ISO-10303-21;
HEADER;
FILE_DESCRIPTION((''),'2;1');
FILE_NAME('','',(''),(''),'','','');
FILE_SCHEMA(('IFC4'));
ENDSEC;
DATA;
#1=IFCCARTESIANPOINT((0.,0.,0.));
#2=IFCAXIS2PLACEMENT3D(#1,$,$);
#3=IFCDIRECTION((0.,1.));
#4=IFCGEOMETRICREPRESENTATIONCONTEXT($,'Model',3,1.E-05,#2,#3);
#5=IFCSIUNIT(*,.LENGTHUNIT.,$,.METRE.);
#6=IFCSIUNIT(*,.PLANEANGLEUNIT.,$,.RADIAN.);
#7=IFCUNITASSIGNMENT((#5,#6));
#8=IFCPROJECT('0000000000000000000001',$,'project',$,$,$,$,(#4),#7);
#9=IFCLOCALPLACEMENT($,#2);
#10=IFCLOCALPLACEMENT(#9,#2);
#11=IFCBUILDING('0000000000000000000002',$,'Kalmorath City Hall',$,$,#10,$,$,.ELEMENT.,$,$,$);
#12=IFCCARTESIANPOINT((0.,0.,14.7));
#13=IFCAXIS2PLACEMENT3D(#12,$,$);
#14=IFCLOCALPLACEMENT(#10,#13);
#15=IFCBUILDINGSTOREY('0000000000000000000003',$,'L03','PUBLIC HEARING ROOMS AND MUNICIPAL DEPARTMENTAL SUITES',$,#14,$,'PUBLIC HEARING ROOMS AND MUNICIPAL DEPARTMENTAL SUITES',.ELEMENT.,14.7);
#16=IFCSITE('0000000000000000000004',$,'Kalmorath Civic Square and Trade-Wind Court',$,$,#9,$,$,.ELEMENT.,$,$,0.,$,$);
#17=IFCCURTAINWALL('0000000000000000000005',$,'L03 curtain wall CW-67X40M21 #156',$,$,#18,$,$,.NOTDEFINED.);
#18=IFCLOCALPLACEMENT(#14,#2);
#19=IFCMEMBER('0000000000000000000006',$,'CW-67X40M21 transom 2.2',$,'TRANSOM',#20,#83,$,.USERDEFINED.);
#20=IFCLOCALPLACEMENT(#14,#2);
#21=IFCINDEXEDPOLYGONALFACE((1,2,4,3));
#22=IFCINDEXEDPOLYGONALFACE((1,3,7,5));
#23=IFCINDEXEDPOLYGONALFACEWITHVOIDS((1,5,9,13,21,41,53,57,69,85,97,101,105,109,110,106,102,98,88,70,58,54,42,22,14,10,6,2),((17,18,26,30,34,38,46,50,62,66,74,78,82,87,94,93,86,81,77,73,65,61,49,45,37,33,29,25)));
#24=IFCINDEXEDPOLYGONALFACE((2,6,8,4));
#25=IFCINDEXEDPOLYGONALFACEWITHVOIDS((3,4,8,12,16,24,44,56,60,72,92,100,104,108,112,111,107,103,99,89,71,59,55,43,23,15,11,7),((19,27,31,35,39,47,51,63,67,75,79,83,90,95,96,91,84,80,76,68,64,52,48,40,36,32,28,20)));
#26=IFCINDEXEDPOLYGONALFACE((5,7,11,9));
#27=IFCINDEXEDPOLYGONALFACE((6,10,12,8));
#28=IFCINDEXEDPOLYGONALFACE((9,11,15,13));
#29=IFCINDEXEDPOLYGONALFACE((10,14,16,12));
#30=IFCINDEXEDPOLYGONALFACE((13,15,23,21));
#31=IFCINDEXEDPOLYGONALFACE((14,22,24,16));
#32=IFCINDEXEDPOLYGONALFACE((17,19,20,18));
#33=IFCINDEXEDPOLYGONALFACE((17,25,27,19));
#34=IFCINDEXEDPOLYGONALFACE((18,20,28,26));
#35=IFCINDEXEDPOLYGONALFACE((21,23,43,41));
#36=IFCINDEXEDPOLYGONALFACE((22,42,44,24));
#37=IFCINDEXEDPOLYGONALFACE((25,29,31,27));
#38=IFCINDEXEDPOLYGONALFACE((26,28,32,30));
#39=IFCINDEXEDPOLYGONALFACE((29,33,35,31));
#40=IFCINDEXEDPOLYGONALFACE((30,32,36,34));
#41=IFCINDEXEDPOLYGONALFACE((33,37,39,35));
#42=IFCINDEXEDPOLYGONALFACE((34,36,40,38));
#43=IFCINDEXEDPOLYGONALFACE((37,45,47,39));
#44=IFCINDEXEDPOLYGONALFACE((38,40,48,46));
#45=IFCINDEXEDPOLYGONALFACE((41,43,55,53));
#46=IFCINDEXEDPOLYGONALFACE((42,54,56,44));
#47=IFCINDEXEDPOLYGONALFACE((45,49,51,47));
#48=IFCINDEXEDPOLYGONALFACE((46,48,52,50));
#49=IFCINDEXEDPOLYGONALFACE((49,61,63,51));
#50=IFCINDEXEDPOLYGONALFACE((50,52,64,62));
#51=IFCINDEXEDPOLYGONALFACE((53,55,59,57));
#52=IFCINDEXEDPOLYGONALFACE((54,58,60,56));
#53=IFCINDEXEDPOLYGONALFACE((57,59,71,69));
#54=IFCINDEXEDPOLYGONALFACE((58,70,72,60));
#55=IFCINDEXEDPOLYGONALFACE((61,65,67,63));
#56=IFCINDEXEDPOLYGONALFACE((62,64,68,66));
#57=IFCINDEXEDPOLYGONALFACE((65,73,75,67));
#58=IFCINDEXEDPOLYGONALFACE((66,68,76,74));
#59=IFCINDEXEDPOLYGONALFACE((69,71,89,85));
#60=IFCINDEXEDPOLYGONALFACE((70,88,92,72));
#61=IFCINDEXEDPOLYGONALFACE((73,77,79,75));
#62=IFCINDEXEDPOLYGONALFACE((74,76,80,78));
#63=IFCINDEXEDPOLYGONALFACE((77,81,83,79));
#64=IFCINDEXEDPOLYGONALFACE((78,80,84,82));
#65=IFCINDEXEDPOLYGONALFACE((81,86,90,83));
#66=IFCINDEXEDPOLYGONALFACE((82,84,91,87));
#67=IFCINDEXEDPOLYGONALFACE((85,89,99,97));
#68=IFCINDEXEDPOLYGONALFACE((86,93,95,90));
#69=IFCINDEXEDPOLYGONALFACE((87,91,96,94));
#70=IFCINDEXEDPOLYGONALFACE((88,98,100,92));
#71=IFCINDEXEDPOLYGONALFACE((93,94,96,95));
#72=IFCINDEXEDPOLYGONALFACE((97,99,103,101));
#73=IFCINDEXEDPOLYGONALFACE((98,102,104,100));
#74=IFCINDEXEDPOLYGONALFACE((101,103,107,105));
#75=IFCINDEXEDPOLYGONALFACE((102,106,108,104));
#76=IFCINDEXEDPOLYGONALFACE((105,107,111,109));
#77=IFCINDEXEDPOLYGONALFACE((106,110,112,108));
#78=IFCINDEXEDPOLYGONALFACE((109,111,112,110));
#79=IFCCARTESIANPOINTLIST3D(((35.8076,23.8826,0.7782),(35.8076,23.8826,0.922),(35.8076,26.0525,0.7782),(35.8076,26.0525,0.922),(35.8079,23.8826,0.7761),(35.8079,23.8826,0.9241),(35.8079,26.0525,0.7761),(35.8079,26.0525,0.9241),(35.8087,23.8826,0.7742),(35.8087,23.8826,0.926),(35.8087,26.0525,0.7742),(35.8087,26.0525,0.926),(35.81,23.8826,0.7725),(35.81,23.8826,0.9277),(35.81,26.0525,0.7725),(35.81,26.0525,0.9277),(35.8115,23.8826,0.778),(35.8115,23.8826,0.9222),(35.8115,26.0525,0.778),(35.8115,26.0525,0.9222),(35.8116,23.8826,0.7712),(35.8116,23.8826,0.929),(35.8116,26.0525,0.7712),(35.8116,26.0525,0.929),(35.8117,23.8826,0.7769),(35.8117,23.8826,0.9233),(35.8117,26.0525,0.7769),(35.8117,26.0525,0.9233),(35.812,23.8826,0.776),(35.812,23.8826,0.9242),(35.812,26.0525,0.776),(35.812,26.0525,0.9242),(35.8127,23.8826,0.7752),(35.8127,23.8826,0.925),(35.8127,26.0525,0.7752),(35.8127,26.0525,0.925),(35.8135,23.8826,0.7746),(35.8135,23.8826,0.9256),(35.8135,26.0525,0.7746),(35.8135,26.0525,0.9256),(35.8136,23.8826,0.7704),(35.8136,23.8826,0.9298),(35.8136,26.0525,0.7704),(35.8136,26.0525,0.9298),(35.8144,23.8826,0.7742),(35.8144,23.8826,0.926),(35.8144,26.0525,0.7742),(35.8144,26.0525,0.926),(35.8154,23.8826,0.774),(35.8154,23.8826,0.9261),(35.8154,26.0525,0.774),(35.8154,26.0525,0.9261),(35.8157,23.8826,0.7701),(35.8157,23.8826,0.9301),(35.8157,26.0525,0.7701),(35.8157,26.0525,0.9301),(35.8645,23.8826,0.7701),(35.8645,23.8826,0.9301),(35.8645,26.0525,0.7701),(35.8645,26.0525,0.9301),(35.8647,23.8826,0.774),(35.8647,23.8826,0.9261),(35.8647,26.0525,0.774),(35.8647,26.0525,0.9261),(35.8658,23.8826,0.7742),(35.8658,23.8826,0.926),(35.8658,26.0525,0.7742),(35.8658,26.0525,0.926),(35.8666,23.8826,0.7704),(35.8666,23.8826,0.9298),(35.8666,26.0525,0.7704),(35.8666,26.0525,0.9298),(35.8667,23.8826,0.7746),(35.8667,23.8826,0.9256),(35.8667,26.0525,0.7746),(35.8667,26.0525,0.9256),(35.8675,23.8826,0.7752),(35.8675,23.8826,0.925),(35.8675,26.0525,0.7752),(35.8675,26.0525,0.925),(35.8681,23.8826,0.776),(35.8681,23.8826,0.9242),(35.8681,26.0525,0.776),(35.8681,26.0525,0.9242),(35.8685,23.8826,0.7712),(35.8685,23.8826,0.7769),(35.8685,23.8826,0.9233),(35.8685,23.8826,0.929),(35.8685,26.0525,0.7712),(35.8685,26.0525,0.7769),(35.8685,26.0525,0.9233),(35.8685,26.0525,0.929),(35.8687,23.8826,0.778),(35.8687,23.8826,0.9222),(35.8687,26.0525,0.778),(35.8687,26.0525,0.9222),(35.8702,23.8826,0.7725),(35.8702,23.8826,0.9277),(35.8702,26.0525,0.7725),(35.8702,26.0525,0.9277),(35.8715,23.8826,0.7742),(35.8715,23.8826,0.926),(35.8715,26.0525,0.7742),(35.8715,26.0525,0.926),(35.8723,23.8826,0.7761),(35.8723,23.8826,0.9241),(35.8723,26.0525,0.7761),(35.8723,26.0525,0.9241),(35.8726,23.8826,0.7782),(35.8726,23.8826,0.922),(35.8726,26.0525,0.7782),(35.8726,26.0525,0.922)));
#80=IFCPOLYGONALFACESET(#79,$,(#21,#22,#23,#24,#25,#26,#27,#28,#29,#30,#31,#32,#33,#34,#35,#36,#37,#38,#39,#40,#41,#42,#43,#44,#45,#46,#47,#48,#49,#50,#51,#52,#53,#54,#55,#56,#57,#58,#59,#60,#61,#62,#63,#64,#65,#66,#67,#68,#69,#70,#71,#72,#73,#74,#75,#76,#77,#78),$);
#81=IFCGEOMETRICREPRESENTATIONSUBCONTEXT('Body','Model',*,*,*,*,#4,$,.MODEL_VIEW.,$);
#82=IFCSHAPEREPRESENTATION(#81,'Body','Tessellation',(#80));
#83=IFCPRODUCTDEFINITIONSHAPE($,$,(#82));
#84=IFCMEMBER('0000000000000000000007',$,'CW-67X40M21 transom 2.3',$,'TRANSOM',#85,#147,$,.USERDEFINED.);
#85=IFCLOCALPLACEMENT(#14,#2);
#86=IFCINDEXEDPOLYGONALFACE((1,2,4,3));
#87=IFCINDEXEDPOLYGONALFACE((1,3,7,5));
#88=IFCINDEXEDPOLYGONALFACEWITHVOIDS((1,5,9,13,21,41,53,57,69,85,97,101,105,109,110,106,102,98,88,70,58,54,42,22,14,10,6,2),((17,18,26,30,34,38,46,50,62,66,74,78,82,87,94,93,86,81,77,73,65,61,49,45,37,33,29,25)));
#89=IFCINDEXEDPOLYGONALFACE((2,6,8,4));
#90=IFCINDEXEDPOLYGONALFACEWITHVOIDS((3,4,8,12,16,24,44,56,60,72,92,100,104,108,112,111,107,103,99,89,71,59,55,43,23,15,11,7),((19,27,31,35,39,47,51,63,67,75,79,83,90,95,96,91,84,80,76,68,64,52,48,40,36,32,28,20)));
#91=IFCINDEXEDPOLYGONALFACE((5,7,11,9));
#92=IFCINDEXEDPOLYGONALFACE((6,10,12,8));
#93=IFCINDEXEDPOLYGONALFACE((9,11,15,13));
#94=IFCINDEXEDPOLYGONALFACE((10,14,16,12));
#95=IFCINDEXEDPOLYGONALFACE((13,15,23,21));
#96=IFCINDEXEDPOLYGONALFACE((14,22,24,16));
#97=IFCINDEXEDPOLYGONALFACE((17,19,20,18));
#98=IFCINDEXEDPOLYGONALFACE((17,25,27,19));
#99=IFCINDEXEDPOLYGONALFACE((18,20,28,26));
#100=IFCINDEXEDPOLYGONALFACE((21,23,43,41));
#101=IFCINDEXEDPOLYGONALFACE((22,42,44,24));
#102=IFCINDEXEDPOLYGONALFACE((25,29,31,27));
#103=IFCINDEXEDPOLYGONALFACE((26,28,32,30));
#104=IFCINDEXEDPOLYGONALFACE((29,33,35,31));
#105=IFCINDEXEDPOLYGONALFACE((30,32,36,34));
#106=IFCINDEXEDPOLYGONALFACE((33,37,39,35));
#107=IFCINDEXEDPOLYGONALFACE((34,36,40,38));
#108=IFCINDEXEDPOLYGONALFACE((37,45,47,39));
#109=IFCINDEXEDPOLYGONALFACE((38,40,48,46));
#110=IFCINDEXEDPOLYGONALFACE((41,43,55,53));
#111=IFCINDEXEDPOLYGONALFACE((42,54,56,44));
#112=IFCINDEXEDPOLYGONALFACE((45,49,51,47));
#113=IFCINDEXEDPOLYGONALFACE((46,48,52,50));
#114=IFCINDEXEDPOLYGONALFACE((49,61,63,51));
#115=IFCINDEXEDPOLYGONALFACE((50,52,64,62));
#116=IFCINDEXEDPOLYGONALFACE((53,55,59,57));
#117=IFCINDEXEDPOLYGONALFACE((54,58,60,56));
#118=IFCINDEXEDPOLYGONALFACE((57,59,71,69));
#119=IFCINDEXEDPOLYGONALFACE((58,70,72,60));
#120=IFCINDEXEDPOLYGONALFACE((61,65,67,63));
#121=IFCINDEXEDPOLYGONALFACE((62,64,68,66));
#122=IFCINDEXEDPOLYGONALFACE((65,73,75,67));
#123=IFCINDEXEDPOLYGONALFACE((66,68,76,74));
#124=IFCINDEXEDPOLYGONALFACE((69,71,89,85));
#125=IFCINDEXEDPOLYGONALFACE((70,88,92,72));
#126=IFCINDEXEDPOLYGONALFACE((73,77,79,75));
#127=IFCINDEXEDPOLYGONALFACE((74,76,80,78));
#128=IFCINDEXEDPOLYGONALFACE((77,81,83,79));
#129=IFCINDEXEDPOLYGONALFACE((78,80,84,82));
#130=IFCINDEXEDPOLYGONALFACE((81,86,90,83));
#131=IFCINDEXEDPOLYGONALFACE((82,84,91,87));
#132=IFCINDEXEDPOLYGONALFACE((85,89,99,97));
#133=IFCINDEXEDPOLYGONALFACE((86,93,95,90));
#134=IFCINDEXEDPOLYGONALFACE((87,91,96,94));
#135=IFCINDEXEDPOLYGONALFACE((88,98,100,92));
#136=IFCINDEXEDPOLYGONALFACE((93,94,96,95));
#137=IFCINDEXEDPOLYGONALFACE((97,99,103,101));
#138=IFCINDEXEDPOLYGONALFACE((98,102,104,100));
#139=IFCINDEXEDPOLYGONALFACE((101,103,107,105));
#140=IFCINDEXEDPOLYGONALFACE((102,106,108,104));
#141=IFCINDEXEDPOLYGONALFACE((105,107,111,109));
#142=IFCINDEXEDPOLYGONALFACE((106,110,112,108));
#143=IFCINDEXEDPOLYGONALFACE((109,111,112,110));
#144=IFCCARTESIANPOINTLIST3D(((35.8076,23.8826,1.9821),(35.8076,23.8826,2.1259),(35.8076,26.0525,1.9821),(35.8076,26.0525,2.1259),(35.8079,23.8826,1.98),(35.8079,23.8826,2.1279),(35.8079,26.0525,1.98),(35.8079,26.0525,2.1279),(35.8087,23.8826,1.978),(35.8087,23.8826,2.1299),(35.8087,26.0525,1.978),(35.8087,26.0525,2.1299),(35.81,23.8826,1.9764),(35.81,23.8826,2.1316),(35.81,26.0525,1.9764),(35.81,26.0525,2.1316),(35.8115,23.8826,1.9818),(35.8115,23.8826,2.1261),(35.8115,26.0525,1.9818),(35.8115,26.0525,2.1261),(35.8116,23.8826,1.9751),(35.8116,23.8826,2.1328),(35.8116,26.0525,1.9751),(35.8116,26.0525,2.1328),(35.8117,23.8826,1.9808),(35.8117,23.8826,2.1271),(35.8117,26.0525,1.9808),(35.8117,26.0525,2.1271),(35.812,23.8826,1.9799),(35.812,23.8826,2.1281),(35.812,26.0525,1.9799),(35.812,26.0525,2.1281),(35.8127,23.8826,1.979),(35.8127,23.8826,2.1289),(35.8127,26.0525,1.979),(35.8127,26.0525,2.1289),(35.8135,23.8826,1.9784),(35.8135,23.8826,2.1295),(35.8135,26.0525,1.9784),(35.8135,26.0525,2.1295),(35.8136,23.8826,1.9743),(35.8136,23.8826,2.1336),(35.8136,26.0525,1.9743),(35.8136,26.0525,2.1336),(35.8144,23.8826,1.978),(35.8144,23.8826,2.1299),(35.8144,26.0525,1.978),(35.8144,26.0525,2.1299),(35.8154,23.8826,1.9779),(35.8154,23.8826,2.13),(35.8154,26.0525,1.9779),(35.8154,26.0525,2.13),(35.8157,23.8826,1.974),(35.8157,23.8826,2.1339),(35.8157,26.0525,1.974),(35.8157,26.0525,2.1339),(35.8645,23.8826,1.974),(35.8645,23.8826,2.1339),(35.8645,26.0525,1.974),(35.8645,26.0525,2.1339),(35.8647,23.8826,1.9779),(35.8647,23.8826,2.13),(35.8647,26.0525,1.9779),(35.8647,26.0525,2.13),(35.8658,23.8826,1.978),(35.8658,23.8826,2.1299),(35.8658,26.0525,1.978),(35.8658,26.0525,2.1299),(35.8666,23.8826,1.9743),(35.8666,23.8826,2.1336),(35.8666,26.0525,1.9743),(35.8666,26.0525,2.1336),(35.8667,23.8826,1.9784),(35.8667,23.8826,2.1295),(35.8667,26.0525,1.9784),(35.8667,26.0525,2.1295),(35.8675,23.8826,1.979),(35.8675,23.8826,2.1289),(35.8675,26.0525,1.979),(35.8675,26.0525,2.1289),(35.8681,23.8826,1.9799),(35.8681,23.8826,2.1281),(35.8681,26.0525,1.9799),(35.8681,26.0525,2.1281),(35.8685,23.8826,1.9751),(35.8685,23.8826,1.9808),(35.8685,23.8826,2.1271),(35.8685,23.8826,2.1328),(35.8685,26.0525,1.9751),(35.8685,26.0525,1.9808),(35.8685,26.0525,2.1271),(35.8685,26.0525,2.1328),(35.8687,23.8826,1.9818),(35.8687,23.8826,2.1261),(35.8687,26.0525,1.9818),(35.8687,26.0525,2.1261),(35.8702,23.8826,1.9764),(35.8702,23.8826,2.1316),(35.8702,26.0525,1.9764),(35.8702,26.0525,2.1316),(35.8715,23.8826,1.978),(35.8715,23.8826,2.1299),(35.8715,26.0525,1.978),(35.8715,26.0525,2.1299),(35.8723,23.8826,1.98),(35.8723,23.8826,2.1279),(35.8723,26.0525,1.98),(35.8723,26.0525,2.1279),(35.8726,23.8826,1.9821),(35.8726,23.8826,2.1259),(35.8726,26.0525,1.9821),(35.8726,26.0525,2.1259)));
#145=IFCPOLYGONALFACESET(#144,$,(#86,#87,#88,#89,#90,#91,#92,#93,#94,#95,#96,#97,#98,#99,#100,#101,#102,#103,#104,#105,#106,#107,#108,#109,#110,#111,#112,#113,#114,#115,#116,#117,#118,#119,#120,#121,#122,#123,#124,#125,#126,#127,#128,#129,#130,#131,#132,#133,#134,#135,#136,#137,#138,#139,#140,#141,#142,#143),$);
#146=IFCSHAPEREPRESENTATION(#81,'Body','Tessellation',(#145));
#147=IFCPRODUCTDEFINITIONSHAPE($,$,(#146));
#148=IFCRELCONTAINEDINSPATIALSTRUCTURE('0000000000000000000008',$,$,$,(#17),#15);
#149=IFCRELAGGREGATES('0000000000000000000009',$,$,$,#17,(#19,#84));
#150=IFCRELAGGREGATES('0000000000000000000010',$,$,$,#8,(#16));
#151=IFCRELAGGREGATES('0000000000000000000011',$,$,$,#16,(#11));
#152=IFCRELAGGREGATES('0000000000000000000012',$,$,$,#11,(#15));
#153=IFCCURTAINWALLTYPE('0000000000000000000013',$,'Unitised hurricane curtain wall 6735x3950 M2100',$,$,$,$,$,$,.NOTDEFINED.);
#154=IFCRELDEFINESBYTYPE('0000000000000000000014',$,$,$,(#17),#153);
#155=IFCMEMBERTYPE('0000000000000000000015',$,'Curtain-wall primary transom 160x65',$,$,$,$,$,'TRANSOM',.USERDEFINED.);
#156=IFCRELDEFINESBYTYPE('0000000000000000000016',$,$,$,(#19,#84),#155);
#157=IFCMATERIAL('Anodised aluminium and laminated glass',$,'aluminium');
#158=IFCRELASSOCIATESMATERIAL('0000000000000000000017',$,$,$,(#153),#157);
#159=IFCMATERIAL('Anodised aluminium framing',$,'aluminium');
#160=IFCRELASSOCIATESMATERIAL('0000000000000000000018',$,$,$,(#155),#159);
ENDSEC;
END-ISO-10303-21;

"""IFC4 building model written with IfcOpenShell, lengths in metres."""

from ifc_helpers import new_model, si_unit, direction, frame, origin, origin_2d, place, context, subcontext, project, spatial, hollow_rectangle, extrude, material, material_profile, profile_set, type_object, element, aggregate, save


model = new_model("IFC4")

# Units and contexts
model_context = context("Model", 3, precision=1e-05, world=origin(), true_north=direction((0.0, 1.0)))
body_context = subcontext(model_context, "Body", "Model", "MODEL_VIEW")
ifc_project = project(units=[si_unit("LENGTHUNIT", "METRE"), si_unit("PLANEANGLEUNIT", "RADIAN")], contexts=[model_context])

# Site, building, storey
site_placement = place(None, origin())
site = spatial("IfcSite", under=ifc_project, at=site_placement, Name="Kalmorath Civic Square and Trade-Wind Court", CompositionType="ELEMENT", RefElevation=0.0)
building_placement = place(site_placement, origin())
building = spatial("IfcBuilding", under=site, at=building_placement, Name="Kalmorath City Hall", CompositionType="ELEMENT")
storey_placement = place(building_placement, frame((0.0, 0.0, 14.7)))
storey = spatial("IfcBuildingStorey", under=building, at=storey_placement, Name="L03", Description="PUBLIC HEARING ROOMS AND MUNICIPAL DEPARTMENTAL SUITES", LongName="PUBLIC HEARING ROOMS AND MUNICIPAL DEPARTMENTAL SUITES", CompositionType="ELEMENT", Elevation=14.7)

# Curtain wall, members
ifc_material_1 = material(Name="Anodised aluminium and laminated glass", Category="aluminium")
curtain_wall_type = type_object("IfcCurtainWallType", Name="Unitised hurricane curtain wall 6735x3950 M2100", PredefinedType="NOTDEFINED", material=ifc_material_1)
curtain_wall_placement = place(storey_placement, origin())
curtain_wall = element("IfcCurtainWall", 1, at=curtain_wall_placement, inside=storey, type_object=curtain_wall_type, Name="L03 curtain wall CW-67X40M21 #156", PredefinedType="NOTDEFINED")
ifc_material_2 = material(Name="Anodised aluminium framing", Category="aluminium")
ifc_material_profile_1 = material_profile(ifc_material_2, hollow_rectangle(XDim=0.0649, YDim=0.1599, WallThickness=0.0039, InnerFilletRadius=0.0039, OuterFilletRadius=0.0081, at=origin_2d()), Name="ALU-TRN-160X65X4")
ifc_profile_set_1 = profile_set([ifc_material_profile_1], Name="Anodised aluminium framing")
member_type = type_object("IfcMemberType", Name="Curtain-wall primary transom 160x65", ElementType="TRANSOM", PredefinedType="USERDEFINED", material=ifc_profile_set_1)
member_1_placement = place(storey_placement, frame((35.8401, 26.0525, 0.8501), z_axis=(0.0, -1.0, 0.0), x_axis=(1.0, 0.0, 0.0)))
member_1 = element("IfcMember", 2, at=member_1_placement, type_object=member_type, Name="CW-67X40M21 transom 2.2", ObjectType="TRANSOM", PredefinedType="USERDEFINED", context=body_context, shape_type="SweptSolid", body=[
    extrude(hollow_rectangle(XDim=0.0649, YDim=0.1599, WallThickness=0.0039, InnerFilletRadius=0.0039, OuterFilletRadius=0.0081, at=origin_2d()), origin(), (0.0, 0.0, 1.0), 2.1699),
])
member_2_placement = place(storey_placement, frame((35.8401, 26.0525, 2.054), z_axis=(0.0, -1.0, 0.0), x_axis=(1.0, 0.0, 0.0)))
member_2 = element("IfcMember", 3, at=member_2_placement, type_object=member_type, Name="CW-67X40M21 transom 2.3", ObjectType="TRANSOM", PredefinedType="USERDEFINED", context=body_context, shape_type="SweptSolid", body=[
    extrude(hollow_rectangle(XDim=0.0649, YDim=0.1599, WallThickness=0.0039, InnerFilletRadius=0.0039, OuterFilletRadius=0.0081, at=origin_2d()), origin(), (0.0, 0.0, 1.0), 2.1699),
])

aggregate(curtain_wall, [member_1, member_2])

save(model, "model.ifc")
